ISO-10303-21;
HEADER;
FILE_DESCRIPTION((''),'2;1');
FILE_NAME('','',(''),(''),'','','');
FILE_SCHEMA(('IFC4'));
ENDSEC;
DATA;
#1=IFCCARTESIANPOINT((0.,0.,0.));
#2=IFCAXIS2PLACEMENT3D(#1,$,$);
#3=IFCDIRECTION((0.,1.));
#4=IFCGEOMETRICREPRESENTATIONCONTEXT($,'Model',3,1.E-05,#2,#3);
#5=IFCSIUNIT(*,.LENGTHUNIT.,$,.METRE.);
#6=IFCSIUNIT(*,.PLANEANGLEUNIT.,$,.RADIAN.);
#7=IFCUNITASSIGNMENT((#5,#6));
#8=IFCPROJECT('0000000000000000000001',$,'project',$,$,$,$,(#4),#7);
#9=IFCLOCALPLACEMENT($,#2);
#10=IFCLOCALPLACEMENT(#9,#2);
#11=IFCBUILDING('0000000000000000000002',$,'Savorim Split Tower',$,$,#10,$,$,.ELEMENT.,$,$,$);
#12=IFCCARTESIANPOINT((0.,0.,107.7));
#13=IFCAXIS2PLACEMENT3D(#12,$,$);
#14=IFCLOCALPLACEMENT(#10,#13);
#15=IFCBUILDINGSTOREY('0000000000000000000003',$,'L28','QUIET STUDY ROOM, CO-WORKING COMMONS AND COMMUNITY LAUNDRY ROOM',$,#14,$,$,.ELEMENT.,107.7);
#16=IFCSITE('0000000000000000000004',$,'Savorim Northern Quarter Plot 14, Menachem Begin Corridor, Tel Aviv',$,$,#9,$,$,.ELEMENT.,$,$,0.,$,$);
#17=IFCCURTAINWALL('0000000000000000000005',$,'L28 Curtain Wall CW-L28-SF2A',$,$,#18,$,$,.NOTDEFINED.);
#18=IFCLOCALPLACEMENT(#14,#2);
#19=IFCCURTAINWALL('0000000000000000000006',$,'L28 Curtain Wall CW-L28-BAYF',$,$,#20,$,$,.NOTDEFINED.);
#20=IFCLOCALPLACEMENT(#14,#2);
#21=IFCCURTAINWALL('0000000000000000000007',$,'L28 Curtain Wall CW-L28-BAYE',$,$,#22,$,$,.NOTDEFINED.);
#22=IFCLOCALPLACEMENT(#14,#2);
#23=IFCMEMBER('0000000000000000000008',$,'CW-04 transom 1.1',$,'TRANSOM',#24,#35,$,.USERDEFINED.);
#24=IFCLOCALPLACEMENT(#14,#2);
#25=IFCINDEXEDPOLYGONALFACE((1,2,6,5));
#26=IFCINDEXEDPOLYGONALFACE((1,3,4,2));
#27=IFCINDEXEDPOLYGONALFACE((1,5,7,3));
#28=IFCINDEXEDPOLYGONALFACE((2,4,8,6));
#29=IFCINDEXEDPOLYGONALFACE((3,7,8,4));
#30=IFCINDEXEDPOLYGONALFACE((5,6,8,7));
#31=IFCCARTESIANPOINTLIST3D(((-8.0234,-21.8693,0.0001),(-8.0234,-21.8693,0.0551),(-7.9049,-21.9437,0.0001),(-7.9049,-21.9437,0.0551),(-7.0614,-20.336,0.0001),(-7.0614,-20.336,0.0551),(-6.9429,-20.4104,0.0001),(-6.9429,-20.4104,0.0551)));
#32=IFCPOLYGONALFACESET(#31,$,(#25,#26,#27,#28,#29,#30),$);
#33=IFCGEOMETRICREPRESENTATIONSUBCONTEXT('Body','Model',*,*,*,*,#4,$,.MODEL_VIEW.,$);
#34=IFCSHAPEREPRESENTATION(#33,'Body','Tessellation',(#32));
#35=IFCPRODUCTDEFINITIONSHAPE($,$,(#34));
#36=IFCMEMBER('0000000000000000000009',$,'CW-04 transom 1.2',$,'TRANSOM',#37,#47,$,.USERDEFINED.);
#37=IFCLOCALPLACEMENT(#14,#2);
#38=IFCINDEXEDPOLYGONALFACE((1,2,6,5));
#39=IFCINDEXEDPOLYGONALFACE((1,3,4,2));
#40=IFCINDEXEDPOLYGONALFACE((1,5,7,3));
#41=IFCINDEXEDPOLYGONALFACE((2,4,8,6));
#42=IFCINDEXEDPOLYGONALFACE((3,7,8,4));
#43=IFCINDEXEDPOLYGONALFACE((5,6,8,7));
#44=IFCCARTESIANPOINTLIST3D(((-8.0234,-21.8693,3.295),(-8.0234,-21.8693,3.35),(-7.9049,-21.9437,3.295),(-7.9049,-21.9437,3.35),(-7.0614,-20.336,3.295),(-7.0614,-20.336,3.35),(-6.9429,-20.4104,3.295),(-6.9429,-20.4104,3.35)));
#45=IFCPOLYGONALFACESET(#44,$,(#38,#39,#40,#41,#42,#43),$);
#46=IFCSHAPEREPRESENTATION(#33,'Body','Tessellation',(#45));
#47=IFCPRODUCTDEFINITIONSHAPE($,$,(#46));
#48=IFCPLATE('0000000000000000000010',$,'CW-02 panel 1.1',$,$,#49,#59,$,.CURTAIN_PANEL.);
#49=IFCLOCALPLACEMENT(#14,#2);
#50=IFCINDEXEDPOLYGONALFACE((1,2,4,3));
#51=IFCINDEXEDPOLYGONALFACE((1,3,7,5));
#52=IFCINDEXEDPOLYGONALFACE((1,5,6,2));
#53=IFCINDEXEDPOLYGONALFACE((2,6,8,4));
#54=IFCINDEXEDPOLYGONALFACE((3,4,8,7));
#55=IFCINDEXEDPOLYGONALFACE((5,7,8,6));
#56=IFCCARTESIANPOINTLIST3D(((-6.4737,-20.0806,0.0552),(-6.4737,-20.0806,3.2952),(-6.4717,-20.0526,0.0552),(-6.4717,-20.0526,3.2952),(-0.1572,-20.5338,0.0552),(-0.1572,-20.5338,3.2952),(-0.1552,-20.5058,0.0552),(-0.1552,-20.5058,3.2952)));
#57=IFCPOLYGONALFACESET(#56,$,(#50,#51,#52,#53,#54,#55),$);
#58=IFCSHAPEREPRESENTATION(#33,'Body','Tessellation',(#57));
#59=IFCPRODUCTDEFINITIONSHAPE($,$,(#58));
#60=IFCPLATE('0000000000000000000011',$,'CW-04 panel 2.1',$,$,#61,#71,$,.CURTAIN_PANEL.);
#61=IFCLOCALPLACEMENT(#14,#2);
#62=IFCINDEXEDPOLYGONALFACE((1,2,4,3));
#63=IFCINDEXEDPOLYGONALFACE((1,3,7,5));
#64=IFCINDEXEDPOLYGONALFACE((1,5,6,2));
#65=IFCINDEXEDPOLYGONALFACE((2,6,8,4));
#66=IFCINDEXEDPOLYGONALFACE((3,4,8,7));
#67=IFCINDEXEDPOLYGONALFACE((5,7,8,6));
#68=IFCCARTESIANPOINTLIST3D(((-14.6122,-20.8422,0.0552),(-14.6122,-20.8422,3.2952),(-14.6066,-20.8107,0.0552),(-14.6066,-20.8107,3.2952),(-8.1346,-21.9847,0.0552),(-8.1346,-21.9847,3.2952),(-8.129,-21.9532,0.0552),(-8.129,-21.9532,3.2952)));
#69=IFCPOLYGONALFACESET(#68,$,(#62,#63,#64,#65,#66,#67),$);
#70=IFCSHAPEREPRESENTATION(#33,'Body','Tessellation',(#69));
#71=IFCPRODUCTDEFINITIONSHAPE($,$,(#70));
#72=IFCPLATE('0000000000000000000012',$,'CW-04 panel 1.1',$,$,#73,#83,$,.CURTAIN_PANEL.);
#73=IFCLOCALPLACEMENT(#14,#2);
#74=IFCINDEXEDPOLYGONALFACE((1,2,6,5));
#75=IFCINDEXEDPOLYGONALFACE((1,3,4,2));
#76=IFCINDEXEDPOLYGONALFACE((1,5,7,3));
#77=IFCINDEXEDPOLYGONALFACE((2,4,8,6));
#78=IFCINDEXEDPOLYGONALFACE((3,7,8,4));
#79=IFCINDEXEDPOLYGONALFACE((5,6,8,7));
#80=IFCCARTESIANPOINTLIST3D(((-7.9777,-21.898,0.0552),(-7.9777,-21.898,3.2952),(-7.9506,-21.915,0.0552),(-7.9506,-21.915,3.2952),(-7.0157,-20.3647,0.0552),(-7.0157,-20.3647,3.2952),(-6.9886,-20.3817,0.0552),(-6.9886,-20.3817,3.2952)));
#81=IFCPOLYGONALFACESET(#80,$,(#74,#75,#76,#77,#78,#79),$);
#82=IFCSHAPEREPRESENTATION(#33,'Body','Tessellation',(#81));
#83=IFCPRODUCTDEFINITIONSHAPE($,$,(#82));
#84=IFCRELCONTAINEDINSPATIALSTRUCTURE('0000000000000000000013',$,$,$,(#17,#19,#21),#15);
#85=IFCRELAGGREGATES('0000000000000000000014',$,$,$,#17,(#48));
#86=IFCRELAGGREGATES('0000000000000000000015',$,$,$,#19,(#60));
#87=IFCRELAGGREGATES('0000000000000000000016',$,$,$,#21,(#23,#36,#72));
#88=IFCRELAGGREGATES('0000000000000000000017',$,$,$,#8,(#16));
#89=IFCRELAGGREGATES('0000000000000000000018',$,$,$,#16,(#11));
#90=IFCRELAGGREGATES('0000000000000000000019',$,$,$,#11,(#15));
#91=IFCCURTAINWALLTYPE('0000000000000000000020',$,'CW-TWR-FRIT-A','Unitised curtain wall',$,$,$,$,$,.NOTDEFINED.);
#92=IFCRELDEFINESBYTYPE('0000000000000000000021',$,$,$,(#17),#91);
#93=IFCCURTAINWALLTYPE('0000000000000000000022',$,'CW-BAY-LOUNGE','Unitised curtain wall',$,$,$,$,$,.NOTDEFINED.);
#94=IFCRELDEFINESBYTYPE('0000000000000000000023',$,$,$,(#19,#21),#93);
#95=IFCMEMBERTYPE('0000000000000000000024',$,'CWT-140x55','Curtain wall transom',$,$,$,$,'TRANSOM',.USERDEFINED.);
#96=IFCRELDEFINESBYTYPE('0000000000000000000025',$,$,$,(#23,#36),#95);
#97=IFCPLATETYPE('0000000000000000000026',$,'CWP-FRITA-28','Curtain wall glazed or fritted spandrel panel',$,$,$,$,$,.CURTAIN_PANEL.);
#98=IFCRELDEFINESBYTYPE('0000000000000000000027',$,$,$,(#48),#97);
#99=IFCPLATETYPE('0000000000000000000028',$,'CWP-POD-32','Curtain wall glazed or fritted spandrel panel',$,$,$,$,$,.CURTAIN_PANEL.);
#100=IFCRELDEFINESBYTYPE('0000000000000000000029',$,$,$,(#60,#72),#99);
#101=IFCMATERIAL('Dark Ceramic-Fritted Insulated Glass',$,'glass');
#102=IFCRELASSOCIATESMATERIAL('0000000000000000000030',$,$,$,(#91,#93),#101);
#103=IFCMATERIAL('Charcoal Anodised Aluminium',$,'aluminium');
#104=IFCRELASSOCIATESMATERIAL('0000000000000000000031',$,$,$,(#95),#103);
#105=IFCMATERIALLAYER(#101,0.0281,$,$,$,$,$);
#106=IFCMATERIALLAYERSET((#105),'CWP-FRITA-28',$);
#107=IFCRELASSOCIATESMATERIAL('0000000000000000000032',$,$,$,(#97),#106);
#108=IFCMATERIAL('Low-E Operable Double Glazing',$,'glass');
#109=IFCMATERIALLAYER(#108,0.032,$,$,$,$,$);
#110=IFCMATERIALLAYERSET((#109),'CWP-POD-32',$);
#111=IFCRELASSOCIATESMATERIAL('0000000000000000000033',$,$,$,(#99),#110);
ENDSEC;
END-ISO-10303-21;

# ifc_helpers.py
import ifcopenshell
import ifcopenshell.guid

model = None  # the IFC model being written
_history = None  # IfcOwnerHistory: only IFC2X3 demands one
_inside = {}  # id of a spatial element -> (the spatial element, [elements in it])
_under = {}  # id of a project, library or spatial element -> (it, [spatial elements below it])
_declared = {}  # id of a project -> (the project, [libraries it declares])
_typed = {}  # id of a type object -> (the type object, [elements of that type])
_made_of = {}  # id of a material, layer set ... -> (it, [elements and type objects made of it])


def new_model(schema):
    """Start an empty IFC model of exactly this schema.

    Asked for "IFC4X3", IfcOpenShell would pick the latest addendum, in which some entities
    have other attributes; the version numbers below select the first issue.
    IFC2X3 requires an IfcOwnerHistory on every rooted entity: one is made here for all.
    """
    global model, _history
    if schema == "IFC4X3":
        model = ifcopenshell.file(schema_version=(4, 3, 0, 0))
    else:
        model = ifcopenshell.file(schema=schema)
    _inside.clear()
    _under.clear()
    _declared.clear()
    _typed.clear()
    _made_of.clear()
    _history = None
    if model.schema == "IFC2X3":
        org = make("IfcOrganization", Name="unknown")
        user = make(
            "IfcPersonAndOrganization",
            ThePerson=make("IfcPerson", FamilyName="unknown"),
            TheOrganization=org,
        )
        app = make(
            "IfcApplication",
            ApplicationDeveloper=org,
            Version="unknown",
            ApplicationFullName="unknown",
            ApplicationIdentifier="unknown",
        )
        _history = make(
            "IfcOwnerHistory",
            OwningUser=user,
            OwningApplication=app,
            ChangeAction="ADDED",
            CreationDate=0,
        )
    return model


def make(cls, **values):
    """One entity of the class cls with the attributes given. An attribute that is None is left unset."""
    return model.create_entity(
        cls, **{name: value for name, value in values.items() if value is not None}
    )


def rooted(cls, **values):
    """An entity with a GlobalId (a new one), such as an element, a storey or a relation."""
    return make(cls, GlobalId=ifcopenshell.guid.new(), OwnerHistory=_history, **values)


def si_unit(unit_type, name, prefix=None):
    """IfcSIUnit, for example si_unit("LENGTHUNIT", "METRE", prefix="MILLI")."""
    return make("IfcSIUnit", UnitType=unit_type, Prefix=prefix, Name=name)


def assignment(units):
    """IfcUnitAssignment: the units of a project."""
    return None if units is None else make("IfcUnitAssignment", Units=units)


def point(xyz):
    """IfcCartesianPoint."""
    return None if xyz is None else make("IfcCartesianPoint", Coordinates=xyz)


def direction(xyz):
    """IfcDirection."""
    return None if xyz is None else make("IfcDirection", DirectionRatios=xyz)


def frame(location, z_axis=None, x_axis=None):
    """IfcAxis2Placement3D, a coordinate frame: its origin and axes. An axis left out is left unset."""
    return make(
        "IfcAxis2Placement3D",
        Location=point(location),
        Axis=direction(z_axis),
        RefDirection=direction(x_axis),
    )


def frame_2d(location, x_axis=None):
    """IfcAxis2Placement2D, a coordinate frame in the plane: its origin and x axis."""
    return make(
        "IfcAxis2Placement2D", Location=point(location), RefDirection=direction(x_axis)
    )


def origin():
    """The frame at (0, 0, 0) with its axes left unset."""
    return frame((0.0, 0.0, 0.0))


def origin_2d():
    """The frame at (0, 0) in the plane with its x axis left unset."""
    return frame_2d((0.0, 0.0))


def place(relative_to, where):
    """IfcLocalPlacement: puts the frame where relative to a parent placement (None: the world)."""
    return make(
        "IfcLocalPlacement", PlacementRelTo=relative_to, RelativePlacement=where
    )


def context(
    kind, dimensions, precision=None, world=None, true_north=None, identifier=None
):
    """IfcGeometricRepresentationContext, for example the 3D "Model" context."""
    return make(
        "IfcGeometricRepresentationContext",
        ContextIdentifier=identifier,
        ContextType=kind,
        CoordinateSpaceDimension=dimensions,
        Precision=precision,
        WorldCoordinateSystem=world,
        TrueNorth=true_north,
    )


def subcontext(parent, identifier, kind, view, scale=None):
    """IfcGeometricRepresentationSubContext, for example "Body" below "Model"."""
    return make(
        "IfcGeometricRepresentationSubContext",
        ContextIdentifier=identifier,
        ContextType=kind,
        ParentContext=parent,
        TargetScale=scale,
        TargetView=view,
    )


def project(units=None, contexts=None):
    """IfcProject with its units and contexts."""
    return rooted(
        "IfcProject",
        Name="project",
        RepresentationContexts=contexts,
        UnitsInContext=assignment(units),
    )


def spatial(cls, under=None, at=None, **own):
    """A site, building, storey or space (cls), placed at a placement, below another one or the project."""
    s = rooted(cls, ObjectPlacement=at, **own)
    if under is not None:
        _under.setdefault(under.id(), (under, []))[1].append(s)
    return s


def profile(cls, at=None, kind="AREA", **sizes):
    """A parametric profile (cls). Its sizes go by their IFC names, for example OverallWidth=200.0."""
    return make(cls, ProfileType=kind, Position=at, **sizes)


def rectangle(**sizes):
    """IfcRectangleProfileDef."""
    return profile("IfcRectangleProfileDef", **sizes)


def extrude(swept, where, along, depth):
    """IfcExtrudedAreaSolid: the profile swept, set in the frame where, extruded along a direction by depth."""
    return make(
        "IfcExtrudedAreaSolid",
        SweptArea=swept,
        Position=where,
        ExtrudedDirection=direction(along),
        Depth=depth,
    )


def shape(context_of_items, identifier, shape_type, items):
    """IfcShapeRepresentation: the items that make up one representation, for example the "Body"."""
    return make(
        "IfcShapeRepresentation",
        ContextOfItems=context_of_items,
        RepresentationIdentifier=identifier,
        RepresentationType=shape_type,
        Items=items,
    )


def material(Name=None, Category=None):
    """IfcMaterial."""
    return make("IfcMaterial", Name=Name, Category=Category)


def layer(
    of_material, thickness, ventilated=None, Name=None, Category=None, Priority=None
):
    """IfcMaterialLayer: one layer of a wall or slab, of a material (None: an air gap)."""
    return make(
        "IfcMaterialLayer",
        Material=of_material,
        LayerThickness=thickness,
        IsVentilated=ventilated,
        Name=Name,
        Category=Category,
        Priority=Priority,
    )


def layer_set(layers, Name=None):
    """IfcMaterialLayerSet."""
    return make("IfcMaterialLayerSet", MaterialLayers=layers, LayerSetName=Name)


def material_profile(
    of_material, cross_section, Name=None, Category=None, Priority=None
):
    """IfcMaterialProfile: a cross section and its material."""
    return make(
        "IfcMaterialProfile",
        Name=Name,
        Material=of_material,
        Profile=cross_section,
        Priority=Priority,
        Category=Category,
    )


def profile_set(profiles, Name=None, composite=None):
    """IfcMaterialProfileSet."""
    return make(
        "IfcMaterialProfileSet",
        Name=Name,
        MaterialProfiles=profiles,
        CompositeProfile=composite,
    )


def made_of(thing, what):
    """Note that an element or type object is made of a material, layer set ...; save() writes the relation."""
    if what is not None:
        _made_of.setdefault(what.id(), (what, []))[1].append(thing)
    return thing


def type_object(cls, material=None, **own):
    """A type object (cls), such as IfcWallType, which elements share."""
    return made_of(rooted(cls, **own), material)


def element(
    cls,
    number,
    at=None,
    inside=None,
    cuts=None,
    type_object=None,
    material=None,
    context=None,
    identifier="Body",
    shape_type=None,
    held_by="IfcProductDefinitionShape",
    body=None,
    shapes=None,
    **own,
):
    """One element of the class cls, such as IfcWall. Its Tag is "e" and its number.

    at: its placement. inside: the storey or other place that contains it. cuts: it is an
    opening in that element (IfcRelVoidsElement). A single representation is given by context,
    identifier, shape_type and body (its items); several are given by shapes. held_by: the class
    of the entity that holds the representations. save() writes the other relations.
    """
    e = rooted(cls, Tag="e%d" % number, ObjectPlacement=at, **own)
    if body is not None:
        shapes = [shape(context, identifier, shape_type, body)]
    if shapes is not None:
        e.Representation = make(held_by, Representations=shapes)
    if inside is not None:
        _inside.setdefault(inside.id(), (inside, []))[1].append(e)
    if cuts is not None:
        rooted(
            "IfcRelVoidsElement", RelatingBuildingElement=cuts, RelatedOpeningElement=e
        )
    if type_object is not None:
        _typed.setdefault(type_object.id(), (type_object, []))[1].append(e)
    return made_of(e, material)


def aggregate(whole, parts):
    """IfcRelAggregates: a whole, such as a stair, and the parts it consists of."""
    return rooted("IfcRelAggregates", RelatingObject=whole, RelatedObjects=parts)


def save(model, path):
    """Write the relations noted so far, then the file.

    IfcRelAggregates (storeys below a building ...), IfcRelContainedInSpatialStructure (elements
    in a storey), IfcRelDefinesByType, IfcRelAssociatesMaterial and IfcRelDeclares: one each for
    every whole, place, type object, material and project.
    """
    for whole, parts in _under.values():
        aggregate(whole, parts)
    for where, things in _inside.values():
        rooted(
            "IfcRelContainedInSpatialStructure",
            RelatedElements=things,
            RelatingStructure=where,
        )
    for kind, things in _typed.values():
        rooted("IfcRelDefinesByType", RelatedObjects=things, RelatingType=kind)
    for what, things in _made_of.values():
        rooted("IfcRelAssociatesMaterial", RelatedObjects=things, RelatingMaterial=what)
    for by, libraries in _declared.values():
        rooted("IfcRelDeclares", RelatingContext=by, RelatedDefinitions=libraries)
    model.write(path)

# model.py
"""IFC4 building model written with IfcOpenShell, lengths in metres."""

from ifc_helpers import new_model, si_unit, direction, frame, origin, origin_2d, place, context, subcontext, project, spatial, rectangle, extrude, material, layer, layer_set, material_profile, profile_set, type_object, element, aggregate, save


model = new_model("IFC4")

# Units and contexts
model_context = context("Model", 3, precision=1e-05, world=origin(), true_north=direction((0.0, 1.0)))
body_context = subcontext(model_context, "Body", "Model", "MODEL_VIEW")
ifc_project = project(units=[si_unit("LENGTHUNIT", "METRE"), si_unit("PLANEANGLEUNIT", "RADIAN")], contexts=[model_context])

# Site, building, storey
site_placement = place(None, origin())
site = spatial("IfcSite", under=ifc_project, at=site_placement, Name="Savorim Northern Quarter Plot 14, Menachem Begin Corridor, Tel Aviv", CompositionType="ELEMENT", RefElevation=0.0)
building_placement = place(site_placement, origin())
building = spatial("IfcBuilding", under=site, at=building_placement, Name="Savorim Split Tower", CompositionType="ELEMENT")
storey_placement = place(building_placement, frame((0.0, 0.0, 107.7)))
storey = spatial("IfcBuildingStorey", under=building, at=storey_placement, Name="L28", Description="QUIET STUDY ROOM, CO-WORKING COMMONS AND COMMUNITY LAUNDRY ROOM", CompositionType="ELEMENT", Elevation=107.7)

# Curtain wall
ifc_material_1 = material(Name="Dark Ceramic-Fritted Insulated Glass", Category="glass")
curtain_wall_type_1 = type_object("IfcCurtainWallType", Name="CW-TWR-FRIT-A", Description="Unitised curtain wall", PredefinedType="NOTDEFINED", material=ifc_material_1)
curtain_wall_1_placement = place(storey_placement, origin())
curtain_wall_1 = element("IfcCurtainWall", 1, at=curtain_wall_1_placement, inside=storey, type_object=curtain_wall_type_1, Name="L28 Curtain Wall CW-L28-SF2A", PredefinedType="NOTDEFINED")
ifc_material_2 = material(Name="Charcoal Anodised Aluminium", Category="aluminium")

# Curtain wall
curtain_wall_type_2 = type_object("IfcCurtainWallType", Name="CW-BAY-LOUNGE", Description="Unitised curtain wall", PredefinedType="NOTDEFINED", material=ifc_material_1)
curtain_wall_2_placement = place(storey_placement, origin())
curtain_wall_2 = element("IfcCurtainWall", 2, at=curtain_wall_2_placement, inside=storey, type_object=curtain_wall_type_2, Name="L28 Curtain Wall CW-L28-BAYF", PredefinedType="NOTDEFINED")

# Curtain wall
curtain_wall_3_placement = place(storey_placement, origin())
curtain_wall_3 = element("IfcCurtainWall", 3, at=curtain_wall_3_placement, inside=storey, type_object=curtain_wall_type_2, Name="L28 Curtain Wall CW-L28-BAYE", PredefinedType="NOTDEFINED")

# Members
ifc_material_profile_1 = material_profile(ifc_material_2, rectangle(XDim=0.1399, YDim=0.0549, at=origin_2d()), Name="ALU-T 140x55")
ifc_profile_set_1 = profile_set([ifc_material_profile_1], Name="Charcoal Anodised Aluminium")
member_type_1 = type_object("IfcMemberType", Name="CWT-140x55", Description="Curtain wall transom", ElementType="TRANSOM", PredefinedType="USERDEFINED", material=ifc_profile_set_1)
member_1_placement = place(storey_placement, frame((-7.9641, -21.9065, 0.0276), z_axis=(0.531453, 0.847088, 0.0), x_axis=(-0.847088, 0.531453, 0.0)))
member_1 = element("IfcMember", 4, at=member_1_placement, type_object=member_type_1, Name="CW-04 transom 1.1", ObjectType="TRANSOM", PredefinedType="USERDEFINED", context=body_context, shape_type="SweptSolid", body=[
    extrude(rectangle(XDim=0.1399, YDim=0.0549, at=origin_2d()), origin(), (0.0, 0.0, 1.0), 1.8101),
])
member_2_placement = place(storey_placement, frame((-7.9641, -21.9065, 3.3225), z_axis=(0.531453, 0.847088, 0.0), x_axis=(-0.847088, 0.531453, 0.0)))
member_2 = element("IfcMember", 5, at=member_2_placement, type_object=member_type_1, Name="CW-04 transom 1.2", ObjectType="TRANSOM", PredefinedType="USERDEFINED", context=body_context, shape_type="SweptSolid", body=[
    extrude(rectangle(XDim=0.1399, YDim=0.0549, at=origin_2d()), origin(), (0.0, 0.0, 1.0), 1.8101),
])

# Plates
ifc_layer_1 = layer(ifc_material_1, 0.0281)
ifc_layer_set_1 = layer_set([ifc_layer_1], Name="CWP-FRITA-28")
plate_type_1 = type_object("IfcPlateType", Name="CWP-FRITA-28", Description="Curtain wall glazed or fritted spandrel panel", PredefinedType="CURTAIN_PANEL", material=ifc_layer_set_1)
plate_1_placement = place(storey_placement, frame((-3.3145, -20.2932, 0.0552), z_axis=(0.0, 0.0, 1.0), x_axis=(0.997436, -0.071563, 0.0)))
plate_1 = element("IfcPlate", 6, at=plate_1_placement, type_object=plate_type_1, Name="CW-02 panel 1.1", PredefinedType="CURTAIN_PANEL", context=body_context, shape_type="SweptSolid", body=[
    extrude(rectangle(XDim=6.3328, YDim=0.0281, at=origin_2d()), origin(), (0.0, 0.0, 1.0), 3.24),
])
aggregate(curtain_wall_1, [plate_1])
ifc_material_3 = material(Name="Low-E Operable Double Glazing", Category="glass")
ifc_layer_2 = layer(ifc_material_3, 0.032)
ifc_layer_set_2 = layer_set([ifc_layer_2], Name="CWP-POD-32")
plate_type_2 = type_object("IfcPlateType", Name="CWP-POD-32", Description="Curtain wall glazed or fritted spandrel panel", PredefinedType="CURTAIN_PANEL", material=ifc_layer_set_2)
plate_2_placement = place(storey_placement, frame((-11.3706, -21.3977, 0.0552), z_axis=(0.0, 0.0, 1.0), x_axis=(0.984798, -0.173703, 0.0)))
plate_2 = element("IfcPlate", 7, at=plate_2_placement, type_object=plate_type_2, Name="CW-04 panel 2.1", PredefinedType="CURTAIN_PANEL", context=body_context, shape_type="SweptSolid", body=[
    extrude(rectangle(XDim=6.5776, YDim=0.032, at=origin_2d()), origin(), (0.0, 0.0, 1.0), 3.24),
])
aggregate(curtain_wall_2, [plate_2])
plate_3_placement = place(storey_placement, frame((-7.4832, -21.1399, 0.0552), z_axis=(0.0, 0.0, 1.0), x_axis=(0.531435, 0.847099, 0.0)))
plate_3 = element("IfcPlate", 8, at=plate_3_placement, type_object=plate_type_2, Name="CW-04 panel 1.1", PredefinedType="CURTAIN_PANEL", context=body_context, shape_type="SweptSolid", body=[
    extrude(rectangle(XDim=1.8101, YDim=0.032, at=origin_2d()), origin(), (0.0, 0.0, 1.0), 3.24),
])
aggregate(curtain_wall_3, [member_1, member_2, plate_3])

save(model, "model.ifc")
